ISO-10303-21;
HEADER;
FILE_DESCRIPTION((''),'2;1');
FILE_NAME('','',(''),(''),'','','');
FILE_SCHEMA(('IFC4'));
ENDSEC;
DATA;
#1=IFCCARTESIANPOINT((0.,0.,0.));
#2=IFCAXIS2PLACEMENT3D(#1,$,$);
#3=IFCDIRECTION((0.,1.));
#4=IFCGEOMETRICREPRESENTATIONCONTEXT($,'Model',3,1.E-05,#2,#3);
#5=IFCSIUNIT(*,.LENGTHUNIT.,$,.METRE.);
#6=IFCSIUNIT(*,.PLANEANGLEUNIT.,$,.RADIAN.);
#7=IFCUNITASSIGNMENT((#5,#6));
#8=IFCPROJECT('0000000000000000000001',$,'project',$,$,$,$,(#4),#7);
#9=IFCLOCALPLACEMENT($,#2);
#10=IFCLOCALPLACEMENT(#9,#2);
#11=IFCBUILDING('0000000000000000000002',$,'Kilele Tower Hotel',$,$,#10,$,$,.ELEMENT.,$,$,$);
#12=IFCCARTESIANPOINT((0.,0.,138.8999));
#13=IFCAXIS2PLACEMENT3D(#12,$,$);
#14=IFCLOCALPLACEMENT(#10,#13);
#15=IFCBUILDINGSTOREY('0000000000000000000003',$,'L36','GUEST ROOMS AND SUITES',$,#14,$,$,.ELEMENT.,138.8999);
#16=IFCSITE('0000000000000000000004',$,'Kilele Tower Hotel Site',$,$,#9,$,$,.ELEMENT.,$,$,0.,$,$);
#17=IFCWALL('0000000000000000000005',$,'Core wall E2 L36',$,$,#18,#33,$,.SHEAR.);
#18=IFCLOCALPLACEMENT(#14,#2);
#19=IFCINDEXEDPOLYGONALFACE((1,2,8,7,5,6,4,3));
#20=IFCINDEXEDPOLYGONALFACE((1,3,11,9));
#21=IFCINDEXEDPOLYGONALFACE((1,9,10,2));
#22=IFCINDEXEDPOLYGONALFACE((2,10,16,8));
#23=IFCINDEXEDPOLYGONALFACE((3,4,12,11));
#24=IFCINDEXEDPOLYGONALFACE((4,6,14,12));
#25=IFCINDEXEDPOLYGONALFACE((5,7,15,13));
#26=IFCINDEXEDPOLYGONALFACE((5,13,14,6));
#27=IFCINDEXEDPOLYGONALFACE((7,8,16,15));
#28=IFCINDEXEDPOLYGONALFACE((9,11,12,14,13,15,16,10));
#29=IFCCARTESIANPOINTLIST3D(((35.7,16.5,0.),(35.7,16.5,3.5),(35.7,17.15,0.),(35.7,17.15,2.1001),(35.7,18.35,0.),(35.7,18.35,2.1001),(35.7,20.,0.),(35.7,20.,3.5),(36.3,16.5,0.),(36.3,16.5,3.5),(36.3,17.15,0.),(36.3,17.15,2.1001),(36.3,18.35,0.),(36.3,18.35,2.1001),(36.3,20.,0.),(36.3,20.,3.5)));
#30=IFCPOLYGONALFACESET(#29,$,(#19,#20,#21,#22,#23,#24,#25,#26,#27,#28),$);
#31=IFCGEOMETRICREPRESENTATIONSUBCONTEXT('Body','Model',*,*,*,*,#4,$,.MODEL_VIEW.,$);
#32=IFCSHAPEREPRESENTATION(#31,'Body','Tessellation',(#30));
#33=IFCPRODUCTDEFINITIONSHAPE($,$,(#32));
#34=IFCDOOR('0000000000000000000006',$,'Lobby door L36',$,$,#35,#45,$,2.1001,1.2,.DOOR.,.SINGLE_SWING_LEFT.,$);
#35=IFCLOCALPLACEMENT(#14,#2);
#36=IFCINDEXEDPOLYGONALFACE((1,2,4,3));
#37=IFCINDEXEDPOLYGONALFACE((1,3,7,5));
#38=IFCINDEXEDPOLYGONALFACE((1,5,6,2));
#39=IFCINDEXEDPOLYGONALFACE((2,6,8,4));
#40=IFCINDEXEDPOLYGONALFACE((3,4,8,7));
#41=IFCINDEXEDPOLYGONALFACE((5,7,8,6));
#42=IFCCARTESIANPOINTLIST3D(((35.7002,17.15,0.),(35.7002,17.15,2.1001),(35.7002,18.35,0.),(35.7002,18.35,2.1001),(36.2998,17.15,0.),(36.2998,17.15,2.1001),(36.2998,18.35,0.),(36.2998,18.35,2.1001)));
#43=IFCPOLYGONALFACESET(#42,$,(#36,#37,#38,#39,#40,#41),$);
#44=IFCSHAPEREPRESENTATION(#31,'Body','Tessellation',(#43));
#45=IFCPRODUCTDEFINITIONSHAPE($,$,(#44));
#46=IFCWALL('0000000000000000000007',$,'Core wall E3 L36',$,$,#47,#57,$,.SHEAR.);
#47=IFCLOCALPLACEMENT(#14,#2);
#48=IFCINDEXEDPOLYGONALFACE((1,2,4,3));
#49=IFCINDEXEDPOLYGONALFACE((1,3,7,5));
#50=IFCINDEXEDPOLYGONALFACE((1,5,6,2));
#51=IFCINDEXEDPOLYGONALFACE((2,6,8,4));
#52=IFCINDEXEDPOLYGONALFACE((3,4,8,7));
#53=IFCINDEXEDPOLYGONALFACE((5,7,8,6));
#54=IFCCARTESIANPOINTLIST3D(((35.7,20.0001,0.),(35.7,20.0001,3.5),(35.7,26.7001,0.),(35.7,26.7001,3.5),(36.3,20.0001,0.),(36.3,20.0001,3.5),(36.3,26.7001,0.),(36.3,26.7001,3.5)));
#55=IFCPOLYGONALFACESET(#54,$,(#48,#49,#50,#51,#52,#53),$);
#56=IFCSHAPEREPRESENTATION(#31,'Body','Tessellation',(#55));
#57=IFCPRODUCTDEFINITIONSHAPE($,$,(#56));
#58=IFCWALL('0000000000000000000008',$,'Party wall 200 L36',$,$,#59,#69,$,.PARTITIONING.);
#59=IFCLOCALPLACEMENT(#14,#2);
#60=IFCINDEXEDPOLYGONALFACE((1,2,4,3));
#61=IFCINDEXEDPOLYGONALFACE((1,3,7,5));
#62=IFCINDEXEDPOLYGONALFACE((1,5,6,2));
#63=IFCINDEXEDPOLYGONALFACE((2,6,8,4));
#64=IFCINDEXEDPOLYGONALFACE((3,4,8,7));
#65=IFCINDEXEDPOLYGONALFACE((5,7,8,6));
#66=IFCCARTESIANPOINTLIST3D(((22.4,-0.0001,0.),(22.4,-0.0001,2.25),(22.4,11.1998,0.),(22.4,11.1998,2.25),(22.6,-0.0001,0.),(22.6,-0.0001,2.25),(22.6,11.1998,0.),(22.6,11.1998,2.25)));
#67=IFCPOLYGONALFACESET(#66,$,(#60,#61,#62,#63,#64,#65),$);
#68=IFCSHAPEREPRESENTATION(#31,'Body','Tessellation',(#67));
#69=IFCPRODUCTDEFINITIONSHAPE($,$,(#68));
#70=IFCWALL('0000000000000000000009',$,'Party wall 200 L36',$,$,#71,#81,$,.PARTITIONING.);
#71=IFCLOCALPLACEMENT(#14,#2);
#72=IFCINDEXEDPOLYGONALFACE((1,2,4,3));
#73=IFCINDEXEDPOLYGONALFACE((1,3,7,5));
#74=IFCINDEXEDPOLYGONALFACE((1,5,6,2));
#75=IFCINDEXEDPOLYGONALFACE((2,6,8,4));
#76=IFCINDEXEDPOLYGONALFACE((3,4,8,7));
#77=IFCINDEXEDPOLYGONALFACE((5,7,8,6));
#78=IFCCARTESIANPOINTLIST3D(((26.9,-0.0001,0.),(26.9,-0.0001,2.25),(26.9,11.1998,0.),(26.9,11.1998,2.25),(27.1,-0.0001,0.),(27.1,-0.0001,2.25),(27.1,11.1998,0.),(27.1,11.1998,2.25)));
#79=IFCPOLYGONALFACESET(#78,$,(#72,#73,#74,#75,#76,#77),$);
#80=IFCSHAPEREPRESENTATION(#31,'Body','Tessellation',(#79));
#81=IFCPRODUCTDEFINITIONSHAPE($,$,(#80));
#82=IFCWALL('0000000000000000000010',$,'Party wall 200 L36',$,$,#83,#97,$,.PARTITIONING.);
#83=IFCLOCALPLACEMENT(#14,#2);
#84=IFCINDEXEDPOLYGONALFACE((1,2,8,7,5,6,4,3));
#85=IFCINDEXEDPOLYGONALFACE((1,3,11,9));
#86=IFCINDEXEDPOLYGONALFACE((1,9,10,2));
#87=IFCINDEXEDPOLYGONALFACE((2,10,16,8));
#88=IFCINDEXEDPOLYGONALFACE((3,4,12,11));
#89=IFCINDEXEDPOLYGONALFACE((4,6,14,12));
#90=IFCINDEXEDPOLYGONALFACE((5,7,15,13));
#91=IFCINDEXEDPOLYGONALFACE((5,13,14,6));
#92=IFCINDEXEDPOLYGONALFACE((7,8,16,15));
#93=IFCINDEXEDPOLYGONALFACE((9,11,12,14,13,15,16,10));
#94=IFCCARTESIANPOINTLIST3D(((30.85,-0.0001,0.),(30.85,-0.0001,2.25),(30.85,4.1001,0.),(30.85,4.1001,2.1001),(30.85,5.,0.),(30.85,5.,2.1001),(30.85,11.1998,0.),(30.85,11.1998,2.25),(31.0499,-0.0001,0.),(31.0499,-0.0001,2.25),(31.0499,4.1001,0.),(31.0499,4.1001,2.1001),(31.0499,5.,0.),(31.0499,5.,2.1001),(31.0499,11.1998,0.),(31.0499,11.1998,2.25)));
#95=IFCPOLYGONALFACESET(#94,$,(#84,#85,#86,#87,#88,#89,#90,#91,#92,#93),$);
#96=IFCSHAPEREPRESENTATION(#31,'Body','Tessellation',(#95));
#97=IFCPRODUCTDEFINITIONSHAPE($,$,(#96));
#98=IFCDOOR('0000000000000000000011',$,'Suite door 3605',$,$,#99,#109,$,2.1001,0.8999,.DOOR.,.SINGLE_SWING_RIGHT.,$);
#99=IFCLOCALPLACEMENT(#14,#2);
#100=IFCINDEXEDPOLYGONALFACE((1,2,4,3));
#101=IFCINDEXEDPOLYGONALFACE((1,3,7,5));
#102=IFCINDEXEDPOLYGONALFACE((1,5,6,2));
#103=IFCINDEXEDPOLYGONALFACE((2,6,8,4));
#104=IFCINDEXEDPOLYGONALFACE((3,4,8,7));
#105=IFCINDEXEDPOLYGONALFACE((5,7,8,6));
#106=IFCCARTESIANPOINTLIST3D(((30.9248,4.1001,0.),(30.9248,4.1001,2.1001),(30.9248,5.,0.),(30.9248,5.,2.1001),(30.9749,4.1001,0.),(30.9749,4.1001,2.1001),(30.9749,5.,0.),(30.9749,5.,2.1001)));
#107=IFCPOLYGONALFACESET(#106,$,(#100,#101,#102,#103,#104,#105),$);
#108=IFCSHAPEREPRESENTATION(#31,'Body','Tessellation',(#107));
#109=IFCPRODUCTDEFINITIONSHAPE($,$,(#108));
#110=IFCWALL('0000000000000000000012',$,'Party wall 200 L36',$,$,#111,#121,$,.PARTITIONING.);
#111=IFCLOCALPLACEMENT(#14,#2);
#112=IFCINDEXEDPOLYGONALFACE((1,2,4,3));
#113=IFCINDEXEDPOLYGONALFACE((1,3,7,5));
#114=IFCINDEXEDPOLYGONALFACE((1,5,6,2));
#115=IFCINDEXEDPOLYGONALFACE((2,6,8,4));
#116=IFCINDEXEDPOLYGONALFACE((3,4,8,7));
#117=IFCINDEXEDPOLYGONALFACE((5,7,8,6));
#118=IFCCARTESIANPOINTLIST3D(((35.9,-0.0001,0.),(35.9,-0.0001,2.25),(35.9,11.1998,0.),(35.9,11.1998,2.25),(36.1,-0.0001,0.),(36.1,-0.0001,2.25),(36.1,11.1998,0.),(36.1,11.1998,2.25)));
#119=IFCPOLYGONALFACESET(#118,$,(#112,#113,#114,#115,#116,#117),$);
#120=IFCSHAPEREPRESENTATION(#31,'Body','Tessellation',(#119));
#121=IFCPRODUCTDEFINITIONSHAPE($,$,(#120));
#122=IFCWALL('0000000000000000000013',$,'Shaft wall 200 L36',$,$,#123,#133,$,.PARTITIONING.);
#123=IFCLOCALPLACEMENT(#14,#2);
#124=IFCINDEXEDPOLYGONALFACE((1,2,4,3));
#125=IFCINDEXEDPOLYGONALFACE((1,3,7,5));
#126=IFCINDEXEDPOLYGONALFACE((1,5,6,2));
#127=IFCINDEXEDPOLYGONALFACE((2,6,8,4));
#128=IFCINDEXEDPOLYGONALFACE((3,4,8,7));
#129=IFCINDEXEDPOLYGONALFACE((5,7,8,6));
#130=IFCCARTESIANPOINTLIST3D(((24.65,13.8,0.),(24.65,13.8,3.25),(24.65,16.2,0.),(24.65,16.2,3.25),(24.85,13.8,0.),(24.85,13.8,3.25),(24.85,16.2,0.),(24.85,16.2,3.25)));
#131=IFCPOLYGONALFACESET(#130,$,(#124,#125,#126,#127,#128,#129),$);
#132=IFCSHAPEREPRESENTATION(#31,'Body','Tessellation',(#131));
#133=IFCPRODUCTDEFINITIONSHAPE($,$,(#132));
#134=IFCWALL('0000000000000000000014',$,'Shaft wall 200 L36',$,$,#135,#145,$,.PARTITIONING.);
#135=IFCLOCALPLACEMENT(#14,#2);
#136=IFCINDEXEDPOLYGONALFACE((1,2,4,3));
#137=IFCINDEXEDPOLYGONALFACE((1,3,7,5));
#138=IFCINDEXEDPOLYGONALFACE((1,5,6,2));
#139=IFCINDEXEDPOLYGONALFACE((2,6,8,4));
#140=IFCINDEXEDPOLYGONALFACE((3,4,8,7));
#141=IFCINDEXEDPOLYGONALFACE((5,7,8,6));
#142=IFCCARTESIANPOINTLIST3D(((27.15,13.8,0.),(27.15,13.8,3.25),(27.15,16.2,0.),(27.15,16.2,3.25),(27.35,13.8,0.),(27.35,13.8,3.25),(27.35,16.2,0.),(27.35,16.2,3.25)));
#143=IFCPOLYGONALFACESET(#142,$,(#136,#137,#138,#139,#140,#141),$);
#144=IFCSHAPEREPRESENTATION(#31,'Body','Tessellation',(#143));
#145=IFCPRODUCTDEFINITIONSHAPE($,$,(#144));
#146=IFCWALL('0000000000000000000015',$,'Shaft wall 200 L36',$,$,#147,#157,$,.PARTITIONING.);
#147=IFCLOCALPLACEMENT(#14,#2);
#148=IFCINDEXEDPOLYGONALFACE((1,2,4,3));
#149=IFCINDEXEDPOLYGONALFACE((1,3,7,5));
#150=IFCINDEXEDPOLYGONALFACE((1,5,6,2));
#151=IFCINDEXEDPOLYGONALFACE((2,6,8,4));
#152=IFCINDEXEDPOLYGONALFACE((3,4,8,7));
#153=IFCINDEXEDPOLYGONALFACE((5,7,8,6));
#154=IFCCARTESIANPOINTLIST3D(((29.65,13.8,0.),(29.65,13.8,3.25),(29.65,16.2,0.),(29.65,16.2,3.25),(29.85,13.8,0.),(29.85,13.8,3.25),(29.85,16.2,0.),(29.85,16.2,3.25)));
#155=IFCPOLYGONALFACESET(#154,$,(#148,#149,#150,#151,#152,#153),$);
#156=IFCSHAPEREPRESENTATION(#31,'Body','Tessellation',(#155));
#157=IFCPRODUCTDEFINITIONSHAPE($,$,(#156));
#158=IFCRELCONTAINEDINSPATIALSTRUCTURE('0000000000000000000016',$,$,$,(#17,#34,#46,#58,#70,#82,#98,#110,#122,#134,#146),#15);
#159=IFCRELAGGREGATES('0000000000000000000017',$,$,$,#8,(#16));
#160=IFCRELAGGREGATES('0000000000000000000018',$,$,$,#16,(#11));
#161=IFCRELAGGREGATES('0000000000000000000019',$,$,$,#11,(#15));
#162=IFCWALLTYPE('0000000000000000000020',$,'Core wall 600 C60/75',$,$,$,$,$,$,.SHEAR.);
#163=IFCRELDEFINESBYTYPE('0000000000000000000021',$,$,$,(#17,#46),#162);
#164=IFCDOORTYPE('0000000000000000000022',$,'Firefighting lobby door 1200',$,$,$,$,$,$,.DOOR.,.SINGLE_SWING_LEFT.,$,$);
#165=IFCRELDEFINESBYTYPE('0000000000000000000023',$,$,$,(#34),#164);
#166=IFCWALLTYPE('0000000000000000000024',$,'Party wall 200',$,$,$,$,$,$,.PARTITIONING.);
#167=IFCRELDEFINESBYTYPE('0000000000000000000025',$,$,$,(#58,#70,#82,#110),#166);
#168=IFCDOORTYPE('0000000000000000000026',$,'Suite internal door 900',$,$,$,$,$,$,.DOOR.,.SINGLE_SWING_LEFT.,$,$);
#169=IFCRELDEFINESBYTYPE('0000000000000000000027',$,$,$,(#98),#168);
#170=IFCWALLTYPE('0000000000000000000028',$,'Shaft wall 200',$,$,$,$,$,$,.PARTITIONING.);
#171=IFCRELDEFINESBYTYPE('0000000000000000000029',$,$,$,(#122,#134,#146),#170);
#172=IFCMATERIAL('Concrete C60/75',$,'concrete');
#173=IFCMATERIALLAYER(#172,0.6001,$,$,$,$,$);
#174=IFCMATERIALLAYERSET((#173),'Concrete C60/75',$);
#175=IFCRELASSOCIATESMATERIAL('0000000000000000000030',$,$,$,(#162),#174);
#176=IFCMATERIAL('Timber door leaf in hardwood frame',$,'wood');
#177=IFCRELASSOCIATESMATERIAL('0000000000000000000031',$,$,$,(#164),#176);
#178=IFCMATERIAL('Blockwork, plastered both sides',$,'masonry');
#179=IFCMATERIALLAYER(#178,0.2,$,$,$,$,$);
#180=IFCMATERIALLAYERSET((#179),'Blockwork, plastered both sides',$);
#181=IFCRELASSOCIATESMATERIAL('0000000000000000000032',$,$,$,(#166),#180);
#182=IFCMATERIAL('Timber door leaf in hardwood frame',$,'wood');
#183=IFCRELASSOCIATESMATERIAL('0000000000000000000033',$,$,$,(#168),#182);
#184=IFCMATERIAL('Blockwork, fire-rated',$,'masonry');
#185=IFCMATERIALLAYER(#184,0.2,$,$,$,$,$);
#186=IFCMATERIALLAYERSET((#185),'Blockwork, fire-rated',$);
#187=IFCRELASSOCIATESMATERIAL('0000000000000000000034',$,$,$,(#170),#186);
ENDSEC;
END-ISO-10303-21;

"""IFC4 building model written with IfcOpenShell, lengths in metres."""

from ifc_helpers import new_model, si_unit, direction, frame, frame_2d, origin, place, context, subcontext, project, spatial, rectangle, extrude, material, layer, layer_set, type_object, element, fill, save


model = new_model("IFC4")

# Units and contexts
model_context = context("Model", 3, precision=1e-05, world=origin(), true_north=direction((0.0, 1.0)))
body_context = subcontext(model_context, "Body", "Model", "MODEL_VIEW")
ifc_project = project(units=[si_unit("LENGTHUNIT", "METRE"), si_unit("PLANEANGLEUNIT", "RADIAN")], contexts=[model_context])

# Site, building, storey
site_placement = place(None, origin())
site = spatial("IfcSite", under=ifc_project, at=site_placement, Name="Kilele Tower Hotel Site", CompositionType="ELEMENT", RefElevation=0.0)
building_placement = place(site_placement, origin())
building = spatial("IfcBuilding", under=site, at=building_placement, Name="Kilele Tower Hotel", CompositionType="ELEMENT")
storey_placement = place(building_placement, frame((0.0, 0.0, 138.8999)))
storey = spatial("IfcBuildingStorey", under=building, at=storey_placement, Name="L36", Description="GUEST ROOMS AND SUITES", CompositionType="ELEMENT", Elevation=138.8999)

# Shared definitions
ifc_material_1 = material(Name="Concrete C60/75", Category="concrete")
ifc_layer_1 = layer(ifc_material_1, 0.6001)
ifc_layer_set_1 = layer_set([ifc_layer_1], Name="Concrete C60/75")
wall_type_1 = type_object("IfcWallType", Name="Core wall 600 C60/75", PredefinedType="SHEAR", material=ifc_layer_set_1)
ifc_material_2 = material(Name="Timber door leaf in hardwood frame", Category="wood")
door_type_1 = type_object("IfcDoorType", Name="Firefighting lobby door 1200", OperationType="SINGLE_SWING_LEFT", PredefinedType="DOOR", material=ifc_material_2)

# Wall, opening, door
wall_1_placement = place(storey_placement, frame((36.0, 16.5, 0.0), z_axis=(0.0, 0.0, 1.0), x_axis=(0.0, 1.0, 0.0)))
wall_1 = element("IfcWall", 1, at=wall_1_placement, inside=storey, type_object=wall_type_1, Name="Core wall E2 L36", PredefinedType="SHEAR", context=body_context, shape_type="SweptSolid", body=[
    extrude(rectangle(XDim=3.5, YDim=0.6001, at=frame_2d((1.75, 0.0))), origin(), (0.0, 0.0, 1.0), 3.5),
])
opening_1_placement = place(wall_1_placement, frame((0.6499, 0.0, 0.0)))
opening_1 = element("IfcOpeningElement", 2, at=opening_1_placement, cuts=wall_1, PredefinedType="OPENING", context=body_context, shape_type="SweptSolid", body=[
    extrude(rectangle(XDim=1.2, YDim=2.1001, at=frame_2d((0.6001, 1.05))), frame((0.0, 0.3101, 0.0), z_axis=(0.0, -1.0, 0.0), x_axis=(1.0, 0.0, 0.0)), (0.0, 0.0, 1.0), 0.6201),
])
door_1_placement = place(opening_1_placement, origin())
door_1 = element("IfcDoor", 3, at=door_1_placement, inside=storey, type_object=door_type_1, Name="Lobby door L36", OperationType="SINGLE_SWING_LEFT", OverallHeight=2.1001, OverallWidth=1.2, PredefinedType="DOOR", context=body_context, shape_type="SweptSolid", body=[
    extrude(rectangle(XDim=1.2, YDim=2.1001, at=frame_2d((0.6001, 1.05))), frame((0.0, 0.2998, 0.0), z_axis=(0.0, -1.0, 0.0), x_axis=(1.0, 0.0, 0.0)), (0.0, 0.0, 1.0), 0.5996),
])
fill(opening_1, door_1)

# Walls
wall_2_placement = place(storey_placement, frame((36.0, 20.0, 0.0), z_axis=(0.0, 0.0, 1.0), x_axis=(0.0, 1.0, 0.0)))
element("IfcWall", 4, at=wall_2_placement, inside=storey, type_object=wall_type_1, Name="Core wall E3 L36", PredefinedType="SHEAR", context=body_context, shape_type="SweptSolid", body=[
    extrude(rectangle(XDim=6.7, YDim=0.6001, at=frame_2d((3.3501, 0.0))), origin(), (0.0, 0.0, 1.0), 3.5),
])
ifc_material_3 = material(Name="Blockwork, plastered both sides", Category="masonry")
ifc_layer_2 = layer(ifc_material_3, 0.2)
ifc_layer_set_2 = layer_set([ifc_layer_2], Name="Blockwork, plastered both sides")
wall_type_2 = type_object("IfcWallType", Name="Party wall 200", PredefinedType="PARTITIONING", material=ifc_layer_set_2)
for number, where, z_axis, x_axis, name in (
    (5, (22.5, 11.2, 0.0), (0.0, 0.0, 1.0), (0.0, -1.0, 0.0), "Party wall 200 L36"),
    (6, (27.0, 11.2, 0.0), (0.0, 0.0, 1.0), (0.0, -1.0, 0.0), "Party wall 200 L36"),
):
    element("IfcWall", number, at=place(storey_placement, frame(where, z_axis=z_axis, x_axis=x_axis)), inside=storey, type_object=wall_type_2, Name=name, PredefinedType="PARTITIONING", context=body_context, shape_type="SweptSolid", body=[
        extrude(rectangle(XDim=11.2, YDim=0.2, at=frame_2d((5.6001, 0.0))), origin(), (0.0, 0.0, 1.0), 2.25),
    ])

# Wall, opening, door
wall_3_placement = place(storey_placement, frame((30.95, 11.2, 0.0), z_axis=(0.0, 0.0, 1.0), x_axis=(0.0, -1.0, 0.0)))
wall_3 = element("IfcWall", 7, at=wall_3_placement, inside=storey, type_object=wall_type_2, Name="Party wall 200 L36", PredefinedType="PARTITIONING", context=body_context, shape_type="SweptSolid", body=[
    extrude(rectangle(XDim=11.2, YDim=0.2, at=frame_2d((5.6001, 0.0))), origin(), (0.0, 0.0, 1.0), 2.25),
])
opening_2_placement = place(wall_3_placement, frame((6.2, 0.0, 0.0)))
opening_2 = element("IfcOpeningElement", 8, at=opening_2_placement, cuts=wall_3, PredefinedType="OPENING", context=body_context, shape_type="SweptSolid", body=[
    extrude(rectangle(XDim=0.8999, YDim=2.1001, at=frame_2d((0.45, 1.05))), frame((0.0, 0.1099, 0.0), z_axis=(0.0, -1.0, 0.0), x_axis=(1.0, 0.0, 0.0)), (0.0, 0.0, 1.0), 0.22),
])
ifc_material_4 = material(Name="Timber door leaf in hardwood frame", Category="wood")
door_type_2 = type_object("IfcDoorType", Name="Suite internal door 900", OperationType="SINGLE_SWING_LEFT", PredefinedType="DOOR", material=ifc_material_4)
door_2_placement = place(opening_2_placement, origin())
door_2 = element("IfcDoor", 9, at=door_2_placement, inside=storey, type_object=door_type_2, Name="Suite door 3605", OperationType="SINGLE_SWING_RIGHT", OverallHeight=2.1001, OverallWidth=0.8999, PredefinedType="DOOR", context=body_context, shape_type="SweptSolid", body=[
    extrude(rectangle(XDim=0.8999, YDim=2.1001, at=frame_2d((0.45, 1.05))), frame((0.0, 0.0249, 0.0), z_axis=(0.0, -1.0, 0.0), x_axis=(1.0, 0.0, 0.0)), (0.0, 0.0, 1.0), 0.05),
])
fill(opening_2, door_2)

# Walls
wall_4_placement = place(storey_placement, frame((36.0, 11.2, 0.0), z_axis=(0.0, 0.0, 1.0), x_axis=(0.0, -1.0, 0.0)))
element("IfcWall", 10, at=wall_4_placement, inside=storey, type_object=wall_type_2, Name="Party wall 200 L36", PredefinedType="PARTITIONING", context=body_context, shape_type="SweptSolid", body=[
    extrude(rectangle(XDim=11.2, YDim=0.2, at=frame_2d((5.6001, 0.0))), origin(), (0.0, 0.0, 1.0), 2.25),
])
ifc_material_5 = material(Name="Blockwork, fire-rated", Category="masonry")
ifc_layer_3 = layer(ifc_material_5, 0.2)
ifc_layer_set_3 = layer_set([ifc_layer_3], Name="Blockwork, fire-rated")
wall_type_3 = type_object("IfcWallType", Name="Shaft wall 200", PredefinedType="PARTITIONING", material=ifc_layer_set_3)
for number, where, z_axis, x_axis, name in (
    (11, (24.75, 13.8, 0.0), (0.0, 0.0, 1.0), (0.0, 1.0, 0.0), "Shaft wall 200 L36"),
    (12, (27.25, 13.8, 0.0), (0.0, 0.0, 1.0), (0.0, 1.0, 0.0), "Shaft wall 200 L36"),
    (13, (29.75, 13.8, 0.0), (0.0, 0.0, 1.0), (0.0, 1.0, 0.0), "Shaft wall 200 L36"),
):
    element("IfcWall", number, at=place(storey_placement, frame(where, z_axis=z_axis, x_axis=x_axis)), inside=storey, type_object=wall_type_3, Name=name, PredefinedType="PARTITIONING", context=body_context, shape_type="SweptSolid", body=[
        extrude(rectangle(XDim=2.3999, YDim=0.2, at=frame_2d((1.2, 0.0))), origin(), (0.0, 0.0, 1.0), 3.25),
    ])

save(model, "model.ifc")
